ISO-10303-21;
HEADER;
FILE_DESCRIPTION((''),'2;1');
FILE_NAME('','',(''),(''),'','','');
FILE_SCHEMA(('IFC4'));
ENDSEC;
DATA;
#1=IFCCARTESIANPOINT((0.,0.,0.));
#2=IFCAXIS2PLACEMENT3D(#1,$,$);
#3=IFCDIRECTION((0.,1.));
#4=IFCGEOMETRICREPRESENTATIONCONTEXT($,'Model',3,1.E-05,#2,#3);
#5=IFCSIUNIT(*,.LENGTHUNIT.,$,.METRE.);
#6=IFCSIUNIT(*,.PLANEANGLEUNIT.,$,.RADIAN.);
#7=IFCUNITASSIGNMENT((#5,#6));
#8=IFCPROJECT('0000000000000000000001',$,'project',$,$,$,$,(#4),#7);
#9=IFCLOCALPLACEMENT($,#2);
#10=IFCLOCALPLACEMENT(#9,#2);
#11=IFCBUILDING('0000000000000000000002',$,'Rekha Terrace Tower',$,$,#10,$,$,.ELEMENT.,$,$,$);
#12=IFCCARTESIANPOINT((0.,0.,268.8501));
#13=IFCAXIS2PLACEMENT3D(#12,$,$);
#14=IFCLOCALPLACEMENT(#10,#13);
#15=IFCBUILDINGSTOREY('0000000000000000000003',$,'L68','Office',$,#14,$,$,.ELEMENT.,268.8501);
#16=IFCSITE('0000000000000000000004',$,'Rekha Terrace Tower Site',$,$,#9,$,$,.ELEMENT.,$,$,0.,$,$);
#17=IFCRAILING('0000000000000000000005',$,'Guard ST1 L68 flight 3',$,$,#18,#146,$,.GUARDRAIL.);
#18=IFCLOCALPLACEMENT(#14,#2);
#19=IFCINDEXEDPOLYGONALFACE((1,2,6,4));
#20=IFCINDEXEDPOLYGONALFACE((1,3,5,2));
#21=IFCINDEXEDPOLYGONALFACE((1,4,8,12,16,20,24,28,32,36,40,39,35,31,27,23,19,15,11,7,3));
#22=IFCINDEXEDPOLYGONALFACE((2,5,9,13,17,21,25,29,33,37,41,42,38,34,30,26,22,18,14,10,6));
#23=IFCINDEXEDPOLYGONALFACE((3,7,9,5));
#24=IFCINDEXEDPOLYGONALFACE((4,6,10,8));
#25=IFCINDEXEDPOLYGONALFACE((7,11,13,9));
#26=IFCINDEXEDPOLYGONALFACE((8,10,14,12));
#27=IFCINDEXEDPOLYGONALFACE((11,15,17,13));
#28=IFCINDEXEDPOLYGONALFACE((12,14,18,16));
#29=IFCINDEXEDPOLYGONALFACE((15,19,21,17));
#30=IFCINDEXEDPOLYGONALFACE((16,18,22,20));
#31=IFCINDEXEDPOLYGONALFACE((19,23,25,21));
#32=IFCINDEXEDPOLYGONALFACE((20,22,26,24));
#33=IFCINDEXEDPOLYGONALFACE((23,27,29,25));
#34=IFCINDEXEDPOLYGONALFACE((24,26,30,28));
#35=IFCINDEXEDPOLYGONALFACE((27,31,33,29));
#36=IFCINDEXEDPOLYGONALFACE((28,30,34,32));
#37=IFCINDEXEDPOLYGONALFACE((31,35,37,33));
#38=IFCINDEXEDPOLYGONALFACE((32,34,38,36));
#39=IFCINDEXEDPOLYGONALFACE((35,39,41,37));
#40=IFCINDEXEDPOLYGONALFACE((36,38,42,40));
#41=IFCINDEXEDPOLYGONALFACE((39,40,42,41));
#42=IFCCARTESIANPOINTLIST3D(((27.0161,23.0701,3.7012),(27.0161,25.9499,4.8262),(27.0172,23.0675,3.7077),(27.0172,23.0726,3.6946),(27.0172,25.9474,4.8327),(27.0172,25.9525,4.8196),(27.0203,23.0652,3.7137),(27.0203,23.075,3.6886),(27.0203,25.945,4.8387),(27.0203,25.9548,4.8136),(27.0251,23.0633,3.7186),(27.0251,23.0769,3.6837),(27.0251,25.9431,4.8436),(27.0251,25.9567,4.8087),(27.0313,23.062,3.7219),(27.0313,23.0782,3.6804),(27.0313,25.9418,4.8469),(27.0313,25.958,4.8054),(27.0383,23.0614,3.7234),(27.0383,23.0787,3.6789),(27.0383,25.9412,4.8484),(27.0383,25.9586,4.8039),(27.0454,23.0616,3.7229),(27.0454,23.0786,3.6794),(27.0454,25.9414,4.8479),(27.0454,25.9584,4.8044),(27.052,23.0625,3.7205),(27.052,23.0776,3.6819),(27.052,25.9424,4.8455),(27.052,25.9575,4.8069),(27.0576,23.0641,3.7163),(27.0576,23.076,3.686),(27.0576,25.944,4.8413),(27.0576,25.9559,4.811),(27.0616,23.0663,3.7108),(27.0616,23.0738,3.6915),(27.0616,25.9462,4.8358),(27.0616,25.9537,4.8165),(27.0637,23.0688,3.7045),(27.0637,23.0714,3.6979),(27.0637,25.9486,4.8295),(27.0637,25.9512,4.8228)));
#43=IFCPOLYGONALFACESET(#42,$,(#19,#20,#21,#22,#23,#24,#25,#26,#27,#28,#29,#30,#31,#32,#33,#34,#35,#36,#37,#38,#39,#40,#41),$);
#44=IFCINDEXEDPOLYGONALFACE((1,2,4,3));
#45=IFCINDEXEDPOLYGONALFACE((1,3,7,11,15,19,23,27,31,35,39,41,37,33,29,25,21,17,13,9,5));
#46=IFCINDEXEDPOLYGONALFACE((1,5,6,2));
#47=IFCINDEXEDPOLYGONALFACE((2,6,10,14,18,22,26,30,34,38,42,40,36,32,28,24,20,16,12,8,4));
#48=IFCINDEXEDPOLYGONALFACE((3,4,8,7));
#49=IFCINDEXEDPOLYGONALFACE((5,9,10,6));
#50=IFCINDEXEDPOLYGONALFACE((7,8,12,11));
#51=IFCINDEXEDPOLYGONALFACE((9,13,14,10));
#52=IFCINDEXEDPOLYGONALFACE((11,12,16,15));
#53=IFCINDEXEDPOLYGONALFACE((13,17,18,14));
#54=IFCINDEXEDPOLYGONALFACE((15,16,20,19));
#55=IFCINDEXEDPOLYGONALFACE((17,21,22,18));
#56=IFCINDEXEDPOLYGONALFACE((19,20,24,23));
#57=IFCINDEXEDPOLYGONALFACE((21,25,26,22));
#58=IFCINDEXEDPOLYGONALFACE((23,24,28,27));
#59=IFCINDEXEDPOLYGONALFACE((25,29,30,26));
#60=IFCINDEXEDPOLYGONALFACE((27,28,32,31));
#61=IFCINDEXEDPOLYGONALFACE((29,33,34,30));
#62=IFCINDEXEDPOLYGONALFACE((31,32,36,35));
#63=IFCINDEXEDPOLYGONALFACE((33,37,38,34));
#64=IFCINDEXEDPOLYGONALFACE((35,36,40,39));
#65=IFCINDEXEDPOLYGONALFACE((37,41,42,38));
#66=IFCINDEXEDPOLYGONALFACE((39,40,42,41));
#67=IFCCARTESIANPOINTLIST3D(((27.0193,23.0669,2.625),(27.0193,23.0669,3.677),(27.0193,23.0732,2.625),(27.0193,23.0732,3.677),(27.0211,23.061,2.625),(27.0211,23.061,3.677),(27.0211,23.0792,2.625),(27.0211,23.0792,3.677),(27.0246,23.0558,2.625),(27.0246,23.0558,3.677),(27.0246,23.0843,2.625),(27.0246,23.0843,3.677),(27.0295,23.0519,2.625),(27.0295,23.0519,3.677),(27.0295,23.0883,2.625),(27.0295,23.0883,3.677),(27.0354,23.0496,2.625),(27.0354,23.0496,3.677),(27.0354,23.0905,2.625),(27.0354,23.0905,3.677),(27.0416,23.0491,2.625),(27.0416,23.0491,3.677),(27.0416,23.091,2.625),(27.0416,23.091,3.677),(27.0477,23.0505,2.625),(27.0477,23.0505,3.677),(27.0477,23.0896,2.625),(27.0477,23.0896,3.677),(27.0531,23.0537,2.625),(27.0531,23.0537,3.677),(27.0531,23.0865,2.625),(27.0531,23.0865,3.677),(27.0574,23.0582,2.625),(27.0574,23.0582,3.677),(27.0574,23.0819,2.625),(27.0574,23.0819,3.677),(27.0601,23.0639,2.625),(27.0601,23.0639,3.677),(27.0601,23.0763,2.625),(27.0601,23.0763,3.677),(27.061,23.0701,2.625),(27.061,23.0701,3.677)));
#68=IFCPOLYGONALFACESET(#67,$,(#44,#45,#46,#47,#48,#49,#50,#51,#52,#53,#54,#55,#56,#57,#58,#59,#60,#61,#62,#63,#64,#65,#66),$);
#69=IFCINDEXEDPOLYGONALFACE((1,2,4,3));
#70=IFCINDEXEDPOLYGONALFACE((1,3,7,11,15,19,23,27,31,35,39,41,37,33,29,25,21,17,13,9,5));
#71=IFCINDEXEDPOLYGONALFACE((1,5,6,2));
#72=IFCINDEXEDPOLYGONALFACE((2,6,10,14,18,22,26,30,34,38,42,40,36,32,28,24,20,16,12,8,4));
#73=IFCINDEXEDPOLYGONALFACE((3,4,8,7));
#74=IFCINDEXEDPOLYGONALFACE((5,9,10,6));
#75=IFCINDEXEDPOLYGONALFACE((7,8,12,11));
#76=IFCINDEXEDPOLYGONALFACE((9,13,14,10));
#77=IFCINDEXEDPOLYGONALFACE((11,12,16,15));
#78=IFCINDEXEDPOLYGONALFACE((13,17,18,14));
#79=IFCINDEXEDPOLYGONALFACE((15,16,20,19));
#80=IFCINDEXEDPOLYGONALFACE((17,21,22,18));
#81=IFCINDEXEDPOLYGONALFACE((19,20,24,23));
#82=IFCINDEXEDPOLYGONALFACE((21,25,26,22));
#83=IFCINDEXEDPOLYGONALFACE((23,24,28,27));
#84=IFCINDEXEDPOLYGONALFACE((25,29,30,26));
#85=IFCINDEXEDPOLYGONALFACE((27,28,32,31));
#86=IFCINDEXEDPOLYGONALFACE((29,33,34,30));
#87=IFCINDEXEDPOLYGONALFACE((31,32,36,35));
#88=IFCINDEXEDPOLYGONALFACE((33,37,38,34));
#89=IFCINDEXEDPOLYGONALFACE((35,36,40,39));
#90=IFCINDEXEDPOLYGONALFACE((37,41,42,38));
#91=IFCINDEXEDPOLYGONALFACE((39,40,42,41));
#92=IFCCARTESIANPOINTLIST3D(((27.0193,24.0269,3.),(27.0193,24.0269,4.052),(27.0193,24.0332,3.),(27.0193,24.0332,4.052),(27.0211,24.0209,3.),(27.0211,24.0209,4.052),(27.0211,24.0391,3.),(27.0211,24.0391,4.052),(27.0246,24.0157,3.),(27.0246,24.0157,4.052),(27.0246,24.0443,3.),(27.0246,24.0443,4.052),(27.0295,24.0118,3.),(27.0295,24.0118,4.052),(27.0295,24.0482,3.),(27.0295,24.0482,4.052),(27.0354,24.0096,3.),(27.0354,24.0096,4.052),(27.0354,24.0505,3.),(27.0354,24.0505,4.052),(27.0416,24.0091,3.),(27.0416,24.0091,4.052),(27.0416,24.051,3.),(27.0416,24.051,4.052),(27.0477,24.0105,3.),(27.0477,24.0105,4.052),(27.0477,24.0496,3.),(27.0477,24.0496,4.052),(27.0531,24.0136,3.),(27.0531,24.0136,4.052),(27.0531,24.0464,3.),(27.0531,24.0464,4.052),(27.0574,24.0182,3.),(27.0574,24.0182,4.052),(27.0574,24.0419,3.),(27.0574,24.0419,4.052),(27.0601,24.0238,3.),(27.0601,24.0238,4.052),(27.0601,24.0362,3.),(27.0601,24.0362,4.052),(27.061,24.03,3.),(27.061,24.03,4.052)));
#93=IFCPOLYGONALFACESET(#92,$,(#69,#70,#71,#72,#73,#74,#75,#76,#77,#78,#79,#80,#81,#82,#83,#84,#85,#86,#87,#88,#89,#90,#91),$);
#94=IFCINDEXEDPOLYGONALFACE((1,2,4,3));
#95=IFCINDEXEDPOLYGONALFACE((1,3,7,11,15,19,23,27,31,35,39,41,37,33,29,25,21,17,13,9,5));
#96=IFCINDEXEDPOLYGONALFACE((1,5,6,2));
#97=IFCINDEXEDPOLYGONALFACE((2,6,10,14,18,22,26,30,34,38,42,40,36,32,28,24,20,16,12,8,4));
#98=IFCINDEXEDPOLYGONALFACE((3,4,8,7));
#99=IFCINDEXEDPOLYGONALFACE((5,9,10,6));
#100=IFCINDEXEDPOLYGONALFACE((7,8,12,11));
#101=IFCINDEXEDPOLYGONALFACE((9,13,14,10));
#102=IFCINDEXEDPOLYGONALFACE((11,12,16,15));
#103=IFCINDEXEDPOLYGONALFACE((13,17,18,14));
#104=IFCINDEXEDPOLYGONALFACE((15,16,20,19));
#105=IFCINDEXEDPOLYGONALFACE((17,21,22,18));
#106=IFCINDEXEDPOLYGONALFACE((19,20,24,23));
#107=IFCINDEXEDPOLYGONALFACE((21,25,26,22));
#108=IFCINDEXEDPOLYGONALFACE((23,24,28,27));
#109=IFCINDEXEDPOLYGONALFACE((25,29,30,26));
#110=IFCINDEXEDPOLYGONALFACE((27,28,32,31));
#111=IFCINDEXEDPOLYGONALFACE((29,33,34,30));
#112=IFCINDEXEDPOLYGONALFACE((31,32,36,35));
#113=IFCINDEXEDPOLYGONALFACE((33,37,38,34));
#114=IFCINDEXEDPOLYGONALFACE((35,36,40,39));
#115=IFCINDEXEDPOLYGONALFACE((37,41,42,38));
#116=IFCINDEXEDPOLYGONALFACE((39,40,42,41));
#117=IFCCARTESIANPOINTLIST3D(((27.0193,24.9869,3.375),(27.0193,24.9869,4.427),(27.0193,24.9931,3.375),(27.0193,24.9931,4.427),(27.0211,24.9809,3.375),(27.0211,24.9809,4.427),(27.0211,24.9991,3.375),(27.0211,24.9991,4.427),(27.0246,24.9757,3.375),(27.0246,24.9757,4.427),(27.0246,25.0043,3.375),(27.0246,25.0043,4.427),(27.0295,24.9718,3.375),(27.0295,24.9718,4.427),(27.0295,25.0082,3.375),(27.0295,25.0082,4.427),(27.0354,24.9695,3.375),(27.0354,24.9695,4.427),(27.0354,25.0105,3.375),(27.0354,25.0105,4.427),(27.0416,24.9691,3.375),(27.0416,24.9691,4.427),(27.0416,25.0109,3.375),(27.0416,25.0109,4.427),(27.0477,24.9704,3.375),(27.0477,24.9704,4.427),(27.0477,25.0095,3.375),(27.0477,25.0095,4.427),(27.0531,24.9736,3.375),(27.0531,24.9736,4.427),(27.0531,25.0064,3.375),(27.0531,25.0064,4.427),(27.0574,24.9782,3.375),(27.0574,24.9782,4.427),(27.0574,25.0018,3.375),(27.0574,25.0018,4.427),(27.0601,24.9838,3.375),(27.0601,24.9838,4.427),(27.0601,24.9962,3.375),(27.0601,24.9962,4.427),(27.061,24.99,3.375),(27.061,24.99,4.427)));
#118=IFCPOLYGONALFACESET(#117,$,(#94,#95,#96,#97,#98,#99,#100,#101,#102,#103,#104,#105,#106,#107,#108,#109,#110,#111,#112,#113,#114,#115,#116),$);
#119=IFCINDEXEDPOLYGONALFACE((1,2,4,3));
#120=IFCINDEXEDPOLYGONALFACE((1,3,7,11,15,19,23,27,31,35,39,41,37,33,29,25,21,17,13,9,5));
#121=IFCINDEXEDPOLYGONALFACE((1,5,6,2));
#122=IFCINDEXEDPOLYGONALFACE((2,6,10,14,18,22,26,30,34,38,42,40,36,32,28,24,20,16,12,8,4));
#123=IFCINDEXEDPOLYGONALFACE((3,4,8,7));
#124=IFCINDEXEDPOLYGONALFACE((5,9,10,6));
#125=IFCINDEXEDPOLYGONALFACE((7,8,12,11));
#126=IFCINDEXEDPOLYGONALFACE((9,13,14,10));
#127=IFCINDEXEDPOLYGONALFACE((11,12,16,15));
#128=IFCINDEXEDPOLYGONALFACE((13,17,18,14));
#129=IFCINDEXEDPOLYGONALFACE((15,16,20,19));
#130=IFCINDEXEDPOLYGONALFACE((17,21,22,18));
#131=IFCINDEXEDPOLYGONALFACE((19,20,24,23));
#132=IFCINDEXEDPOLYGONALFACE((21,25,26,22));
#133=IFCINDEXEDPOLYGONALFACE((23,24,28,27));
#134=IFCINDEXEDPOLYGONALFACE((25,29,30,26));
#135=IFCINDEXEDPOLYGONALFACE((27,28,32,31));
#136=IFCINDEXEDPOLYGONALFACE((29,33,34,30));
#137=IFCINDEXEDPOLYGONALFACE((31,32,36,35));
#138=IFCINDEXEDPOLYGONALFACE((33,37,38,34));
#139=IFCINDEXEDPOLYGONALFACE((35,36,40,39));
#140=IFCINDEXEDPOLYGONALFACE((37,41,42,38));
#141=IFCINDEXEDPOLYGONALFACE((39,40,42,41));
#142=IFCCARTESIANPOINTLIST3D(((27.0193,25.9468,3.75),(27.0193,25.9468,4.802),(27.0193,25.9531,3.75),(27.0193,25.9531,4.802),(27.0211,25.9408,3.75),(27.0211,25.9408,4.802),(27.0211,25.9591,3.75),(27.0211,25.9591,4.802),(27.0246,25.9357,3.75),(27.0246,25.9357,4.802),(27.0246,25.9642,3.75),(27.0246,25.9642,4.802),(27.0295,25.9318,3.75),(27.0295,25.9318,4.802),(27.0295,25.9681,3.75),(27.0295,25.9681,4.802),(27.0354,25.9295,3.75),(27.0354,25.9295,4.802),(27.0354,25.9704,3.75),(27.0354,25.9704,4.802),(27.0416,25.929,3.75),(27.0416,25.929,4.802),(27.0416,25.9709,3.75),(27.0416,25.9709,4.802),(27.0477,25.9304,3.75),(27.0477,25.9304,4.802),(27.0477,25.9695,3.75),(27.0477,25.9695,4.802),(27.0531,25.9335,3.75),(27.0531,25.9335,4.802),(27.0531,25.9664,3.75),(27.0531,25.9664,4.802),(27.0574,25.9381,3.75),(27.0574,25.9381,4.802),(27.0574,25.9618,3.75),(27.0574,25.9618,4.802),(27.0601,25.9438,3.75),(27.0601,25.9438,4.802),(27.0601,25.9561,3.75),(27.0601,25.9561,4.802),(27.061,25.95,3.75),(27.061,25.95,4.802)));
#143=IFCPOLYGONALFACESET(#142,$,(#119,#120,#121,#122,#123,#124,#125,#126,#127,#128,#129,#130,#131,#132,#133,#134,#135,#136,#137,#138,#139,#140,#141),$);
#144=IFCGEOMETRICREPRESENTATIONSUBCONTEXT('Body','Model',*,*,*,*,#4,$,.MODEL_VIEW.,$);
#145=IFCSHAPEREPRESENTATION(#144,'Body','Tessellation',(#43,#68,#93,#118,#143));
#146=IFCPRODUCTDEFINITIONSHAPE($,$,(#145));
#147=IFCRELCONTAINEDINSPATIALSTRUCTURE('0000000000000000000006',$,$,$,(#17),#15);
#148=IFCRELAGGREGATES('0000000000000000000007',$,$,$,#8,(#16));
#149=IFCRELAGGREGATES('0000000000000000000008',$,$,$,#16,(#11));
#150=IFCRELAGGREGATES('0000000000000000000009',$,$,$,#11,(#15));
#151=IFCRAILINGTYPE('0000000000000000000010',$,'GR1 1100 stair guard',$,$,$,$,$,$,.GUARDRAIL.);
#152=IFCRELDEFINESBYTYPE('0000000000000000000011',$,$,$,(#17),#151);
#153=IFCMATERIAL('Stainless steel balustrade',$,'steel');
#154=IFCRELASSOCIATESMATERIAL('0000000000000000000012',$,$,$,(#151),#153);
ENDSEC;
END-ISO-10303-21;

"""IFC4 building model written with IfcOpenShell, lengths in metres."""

from ifc_helpers import new_model, si_unit, direction, frame, origin, origin_2d, place, context, subcontext, project, spatial, circle, extrude, material, type_object, element, save


model = new_model("IFC4")

# Units and contexts
model_context = context("Model", 3, precision=1e-05, world=origin(), true_north=direction((0.0, 1.0)))
body_context = subcontext(model_context, "Body", "Model", "MODEL_VIEW")
ifc_project = project(units=[si_unit("LENGTHUNIT", "METRE"), si_unit("PLANEANGLEUNIT", "RADIAN")], contexts=[model_context])

# Site, building, storey
site_placement = place(None, origin())
site = spatial("IfcSite", under=ifc_project, at=site_placement, Name="Rekha Terrace Tower Site", CompositionType="ELEMENT", RefElevation=0.0)
building_placement = place(site_placement, origin())
building = spatial("IfcBuilding", under=site, at=building_placement, Name="Rekha Terrace Tower", CompositionType="ELEMENT")
storey_placement = place(building_placement, frame((0.0, 0.0, 268.8501)))
storey = spatial("IfcBuildingStorey", under=building, at=storey_placement, Name="L68", Description="Office", CompositionType="ELEMENT", Elevation=268.8501)

# Railing
ifc_material_1 = material(Name="Stainless steel balustrade", Category="steel")
railing_type_1 = type_object("IfcRailingType", Name="GR1 1100 stair guard", PredefinedType="GUARDRAIL", material=ifc_material_1)
railing_1_placement = place(storey_placement, frame((27.04, 23.0701, 2.625)))
element("IfcRailing", 1, at=railing_1_placement, inside=storey, type_object=railing_type_1, Name="Guard ST1 L68 flight 3", PredefinedType="GUARDRAIL", context=body_context, shape_type="SweptSolid", body=[
    extrude(circle(Radius=0.0239, at=origin_2d()), frame((0.0, 0.0, 1.0762), z_axis=(0.0, 0.931452, 0.363863), x_axis=(-1.0, 0.0, 0.0)), (0.0, 0.0, 1.0), 3.0918),
    extrude(circle(Radius=0.021, at=origin_2d()), origin(), (0.0, 0.0, 1.0), 1.052),
    extrude(circle(Radius=0.021, at=origin_2d()), frame((0.0, 0.96, 0.375)), (0.0, 0.0, 1.0), 1.052),
    extrude(circle(Radius=0.021, at=origin_2d()), frame((0.0, 1.9199, 0.75)), (0.0, 0.0, 1.0), 1.052),
    extrude(circle(Radius=0.021, at=origin_2d()), frame((0.0, 2.8799, 1.125)), (0.0, 0.0, 1.0), 1.052),
])

save(model, "model.ifc")
